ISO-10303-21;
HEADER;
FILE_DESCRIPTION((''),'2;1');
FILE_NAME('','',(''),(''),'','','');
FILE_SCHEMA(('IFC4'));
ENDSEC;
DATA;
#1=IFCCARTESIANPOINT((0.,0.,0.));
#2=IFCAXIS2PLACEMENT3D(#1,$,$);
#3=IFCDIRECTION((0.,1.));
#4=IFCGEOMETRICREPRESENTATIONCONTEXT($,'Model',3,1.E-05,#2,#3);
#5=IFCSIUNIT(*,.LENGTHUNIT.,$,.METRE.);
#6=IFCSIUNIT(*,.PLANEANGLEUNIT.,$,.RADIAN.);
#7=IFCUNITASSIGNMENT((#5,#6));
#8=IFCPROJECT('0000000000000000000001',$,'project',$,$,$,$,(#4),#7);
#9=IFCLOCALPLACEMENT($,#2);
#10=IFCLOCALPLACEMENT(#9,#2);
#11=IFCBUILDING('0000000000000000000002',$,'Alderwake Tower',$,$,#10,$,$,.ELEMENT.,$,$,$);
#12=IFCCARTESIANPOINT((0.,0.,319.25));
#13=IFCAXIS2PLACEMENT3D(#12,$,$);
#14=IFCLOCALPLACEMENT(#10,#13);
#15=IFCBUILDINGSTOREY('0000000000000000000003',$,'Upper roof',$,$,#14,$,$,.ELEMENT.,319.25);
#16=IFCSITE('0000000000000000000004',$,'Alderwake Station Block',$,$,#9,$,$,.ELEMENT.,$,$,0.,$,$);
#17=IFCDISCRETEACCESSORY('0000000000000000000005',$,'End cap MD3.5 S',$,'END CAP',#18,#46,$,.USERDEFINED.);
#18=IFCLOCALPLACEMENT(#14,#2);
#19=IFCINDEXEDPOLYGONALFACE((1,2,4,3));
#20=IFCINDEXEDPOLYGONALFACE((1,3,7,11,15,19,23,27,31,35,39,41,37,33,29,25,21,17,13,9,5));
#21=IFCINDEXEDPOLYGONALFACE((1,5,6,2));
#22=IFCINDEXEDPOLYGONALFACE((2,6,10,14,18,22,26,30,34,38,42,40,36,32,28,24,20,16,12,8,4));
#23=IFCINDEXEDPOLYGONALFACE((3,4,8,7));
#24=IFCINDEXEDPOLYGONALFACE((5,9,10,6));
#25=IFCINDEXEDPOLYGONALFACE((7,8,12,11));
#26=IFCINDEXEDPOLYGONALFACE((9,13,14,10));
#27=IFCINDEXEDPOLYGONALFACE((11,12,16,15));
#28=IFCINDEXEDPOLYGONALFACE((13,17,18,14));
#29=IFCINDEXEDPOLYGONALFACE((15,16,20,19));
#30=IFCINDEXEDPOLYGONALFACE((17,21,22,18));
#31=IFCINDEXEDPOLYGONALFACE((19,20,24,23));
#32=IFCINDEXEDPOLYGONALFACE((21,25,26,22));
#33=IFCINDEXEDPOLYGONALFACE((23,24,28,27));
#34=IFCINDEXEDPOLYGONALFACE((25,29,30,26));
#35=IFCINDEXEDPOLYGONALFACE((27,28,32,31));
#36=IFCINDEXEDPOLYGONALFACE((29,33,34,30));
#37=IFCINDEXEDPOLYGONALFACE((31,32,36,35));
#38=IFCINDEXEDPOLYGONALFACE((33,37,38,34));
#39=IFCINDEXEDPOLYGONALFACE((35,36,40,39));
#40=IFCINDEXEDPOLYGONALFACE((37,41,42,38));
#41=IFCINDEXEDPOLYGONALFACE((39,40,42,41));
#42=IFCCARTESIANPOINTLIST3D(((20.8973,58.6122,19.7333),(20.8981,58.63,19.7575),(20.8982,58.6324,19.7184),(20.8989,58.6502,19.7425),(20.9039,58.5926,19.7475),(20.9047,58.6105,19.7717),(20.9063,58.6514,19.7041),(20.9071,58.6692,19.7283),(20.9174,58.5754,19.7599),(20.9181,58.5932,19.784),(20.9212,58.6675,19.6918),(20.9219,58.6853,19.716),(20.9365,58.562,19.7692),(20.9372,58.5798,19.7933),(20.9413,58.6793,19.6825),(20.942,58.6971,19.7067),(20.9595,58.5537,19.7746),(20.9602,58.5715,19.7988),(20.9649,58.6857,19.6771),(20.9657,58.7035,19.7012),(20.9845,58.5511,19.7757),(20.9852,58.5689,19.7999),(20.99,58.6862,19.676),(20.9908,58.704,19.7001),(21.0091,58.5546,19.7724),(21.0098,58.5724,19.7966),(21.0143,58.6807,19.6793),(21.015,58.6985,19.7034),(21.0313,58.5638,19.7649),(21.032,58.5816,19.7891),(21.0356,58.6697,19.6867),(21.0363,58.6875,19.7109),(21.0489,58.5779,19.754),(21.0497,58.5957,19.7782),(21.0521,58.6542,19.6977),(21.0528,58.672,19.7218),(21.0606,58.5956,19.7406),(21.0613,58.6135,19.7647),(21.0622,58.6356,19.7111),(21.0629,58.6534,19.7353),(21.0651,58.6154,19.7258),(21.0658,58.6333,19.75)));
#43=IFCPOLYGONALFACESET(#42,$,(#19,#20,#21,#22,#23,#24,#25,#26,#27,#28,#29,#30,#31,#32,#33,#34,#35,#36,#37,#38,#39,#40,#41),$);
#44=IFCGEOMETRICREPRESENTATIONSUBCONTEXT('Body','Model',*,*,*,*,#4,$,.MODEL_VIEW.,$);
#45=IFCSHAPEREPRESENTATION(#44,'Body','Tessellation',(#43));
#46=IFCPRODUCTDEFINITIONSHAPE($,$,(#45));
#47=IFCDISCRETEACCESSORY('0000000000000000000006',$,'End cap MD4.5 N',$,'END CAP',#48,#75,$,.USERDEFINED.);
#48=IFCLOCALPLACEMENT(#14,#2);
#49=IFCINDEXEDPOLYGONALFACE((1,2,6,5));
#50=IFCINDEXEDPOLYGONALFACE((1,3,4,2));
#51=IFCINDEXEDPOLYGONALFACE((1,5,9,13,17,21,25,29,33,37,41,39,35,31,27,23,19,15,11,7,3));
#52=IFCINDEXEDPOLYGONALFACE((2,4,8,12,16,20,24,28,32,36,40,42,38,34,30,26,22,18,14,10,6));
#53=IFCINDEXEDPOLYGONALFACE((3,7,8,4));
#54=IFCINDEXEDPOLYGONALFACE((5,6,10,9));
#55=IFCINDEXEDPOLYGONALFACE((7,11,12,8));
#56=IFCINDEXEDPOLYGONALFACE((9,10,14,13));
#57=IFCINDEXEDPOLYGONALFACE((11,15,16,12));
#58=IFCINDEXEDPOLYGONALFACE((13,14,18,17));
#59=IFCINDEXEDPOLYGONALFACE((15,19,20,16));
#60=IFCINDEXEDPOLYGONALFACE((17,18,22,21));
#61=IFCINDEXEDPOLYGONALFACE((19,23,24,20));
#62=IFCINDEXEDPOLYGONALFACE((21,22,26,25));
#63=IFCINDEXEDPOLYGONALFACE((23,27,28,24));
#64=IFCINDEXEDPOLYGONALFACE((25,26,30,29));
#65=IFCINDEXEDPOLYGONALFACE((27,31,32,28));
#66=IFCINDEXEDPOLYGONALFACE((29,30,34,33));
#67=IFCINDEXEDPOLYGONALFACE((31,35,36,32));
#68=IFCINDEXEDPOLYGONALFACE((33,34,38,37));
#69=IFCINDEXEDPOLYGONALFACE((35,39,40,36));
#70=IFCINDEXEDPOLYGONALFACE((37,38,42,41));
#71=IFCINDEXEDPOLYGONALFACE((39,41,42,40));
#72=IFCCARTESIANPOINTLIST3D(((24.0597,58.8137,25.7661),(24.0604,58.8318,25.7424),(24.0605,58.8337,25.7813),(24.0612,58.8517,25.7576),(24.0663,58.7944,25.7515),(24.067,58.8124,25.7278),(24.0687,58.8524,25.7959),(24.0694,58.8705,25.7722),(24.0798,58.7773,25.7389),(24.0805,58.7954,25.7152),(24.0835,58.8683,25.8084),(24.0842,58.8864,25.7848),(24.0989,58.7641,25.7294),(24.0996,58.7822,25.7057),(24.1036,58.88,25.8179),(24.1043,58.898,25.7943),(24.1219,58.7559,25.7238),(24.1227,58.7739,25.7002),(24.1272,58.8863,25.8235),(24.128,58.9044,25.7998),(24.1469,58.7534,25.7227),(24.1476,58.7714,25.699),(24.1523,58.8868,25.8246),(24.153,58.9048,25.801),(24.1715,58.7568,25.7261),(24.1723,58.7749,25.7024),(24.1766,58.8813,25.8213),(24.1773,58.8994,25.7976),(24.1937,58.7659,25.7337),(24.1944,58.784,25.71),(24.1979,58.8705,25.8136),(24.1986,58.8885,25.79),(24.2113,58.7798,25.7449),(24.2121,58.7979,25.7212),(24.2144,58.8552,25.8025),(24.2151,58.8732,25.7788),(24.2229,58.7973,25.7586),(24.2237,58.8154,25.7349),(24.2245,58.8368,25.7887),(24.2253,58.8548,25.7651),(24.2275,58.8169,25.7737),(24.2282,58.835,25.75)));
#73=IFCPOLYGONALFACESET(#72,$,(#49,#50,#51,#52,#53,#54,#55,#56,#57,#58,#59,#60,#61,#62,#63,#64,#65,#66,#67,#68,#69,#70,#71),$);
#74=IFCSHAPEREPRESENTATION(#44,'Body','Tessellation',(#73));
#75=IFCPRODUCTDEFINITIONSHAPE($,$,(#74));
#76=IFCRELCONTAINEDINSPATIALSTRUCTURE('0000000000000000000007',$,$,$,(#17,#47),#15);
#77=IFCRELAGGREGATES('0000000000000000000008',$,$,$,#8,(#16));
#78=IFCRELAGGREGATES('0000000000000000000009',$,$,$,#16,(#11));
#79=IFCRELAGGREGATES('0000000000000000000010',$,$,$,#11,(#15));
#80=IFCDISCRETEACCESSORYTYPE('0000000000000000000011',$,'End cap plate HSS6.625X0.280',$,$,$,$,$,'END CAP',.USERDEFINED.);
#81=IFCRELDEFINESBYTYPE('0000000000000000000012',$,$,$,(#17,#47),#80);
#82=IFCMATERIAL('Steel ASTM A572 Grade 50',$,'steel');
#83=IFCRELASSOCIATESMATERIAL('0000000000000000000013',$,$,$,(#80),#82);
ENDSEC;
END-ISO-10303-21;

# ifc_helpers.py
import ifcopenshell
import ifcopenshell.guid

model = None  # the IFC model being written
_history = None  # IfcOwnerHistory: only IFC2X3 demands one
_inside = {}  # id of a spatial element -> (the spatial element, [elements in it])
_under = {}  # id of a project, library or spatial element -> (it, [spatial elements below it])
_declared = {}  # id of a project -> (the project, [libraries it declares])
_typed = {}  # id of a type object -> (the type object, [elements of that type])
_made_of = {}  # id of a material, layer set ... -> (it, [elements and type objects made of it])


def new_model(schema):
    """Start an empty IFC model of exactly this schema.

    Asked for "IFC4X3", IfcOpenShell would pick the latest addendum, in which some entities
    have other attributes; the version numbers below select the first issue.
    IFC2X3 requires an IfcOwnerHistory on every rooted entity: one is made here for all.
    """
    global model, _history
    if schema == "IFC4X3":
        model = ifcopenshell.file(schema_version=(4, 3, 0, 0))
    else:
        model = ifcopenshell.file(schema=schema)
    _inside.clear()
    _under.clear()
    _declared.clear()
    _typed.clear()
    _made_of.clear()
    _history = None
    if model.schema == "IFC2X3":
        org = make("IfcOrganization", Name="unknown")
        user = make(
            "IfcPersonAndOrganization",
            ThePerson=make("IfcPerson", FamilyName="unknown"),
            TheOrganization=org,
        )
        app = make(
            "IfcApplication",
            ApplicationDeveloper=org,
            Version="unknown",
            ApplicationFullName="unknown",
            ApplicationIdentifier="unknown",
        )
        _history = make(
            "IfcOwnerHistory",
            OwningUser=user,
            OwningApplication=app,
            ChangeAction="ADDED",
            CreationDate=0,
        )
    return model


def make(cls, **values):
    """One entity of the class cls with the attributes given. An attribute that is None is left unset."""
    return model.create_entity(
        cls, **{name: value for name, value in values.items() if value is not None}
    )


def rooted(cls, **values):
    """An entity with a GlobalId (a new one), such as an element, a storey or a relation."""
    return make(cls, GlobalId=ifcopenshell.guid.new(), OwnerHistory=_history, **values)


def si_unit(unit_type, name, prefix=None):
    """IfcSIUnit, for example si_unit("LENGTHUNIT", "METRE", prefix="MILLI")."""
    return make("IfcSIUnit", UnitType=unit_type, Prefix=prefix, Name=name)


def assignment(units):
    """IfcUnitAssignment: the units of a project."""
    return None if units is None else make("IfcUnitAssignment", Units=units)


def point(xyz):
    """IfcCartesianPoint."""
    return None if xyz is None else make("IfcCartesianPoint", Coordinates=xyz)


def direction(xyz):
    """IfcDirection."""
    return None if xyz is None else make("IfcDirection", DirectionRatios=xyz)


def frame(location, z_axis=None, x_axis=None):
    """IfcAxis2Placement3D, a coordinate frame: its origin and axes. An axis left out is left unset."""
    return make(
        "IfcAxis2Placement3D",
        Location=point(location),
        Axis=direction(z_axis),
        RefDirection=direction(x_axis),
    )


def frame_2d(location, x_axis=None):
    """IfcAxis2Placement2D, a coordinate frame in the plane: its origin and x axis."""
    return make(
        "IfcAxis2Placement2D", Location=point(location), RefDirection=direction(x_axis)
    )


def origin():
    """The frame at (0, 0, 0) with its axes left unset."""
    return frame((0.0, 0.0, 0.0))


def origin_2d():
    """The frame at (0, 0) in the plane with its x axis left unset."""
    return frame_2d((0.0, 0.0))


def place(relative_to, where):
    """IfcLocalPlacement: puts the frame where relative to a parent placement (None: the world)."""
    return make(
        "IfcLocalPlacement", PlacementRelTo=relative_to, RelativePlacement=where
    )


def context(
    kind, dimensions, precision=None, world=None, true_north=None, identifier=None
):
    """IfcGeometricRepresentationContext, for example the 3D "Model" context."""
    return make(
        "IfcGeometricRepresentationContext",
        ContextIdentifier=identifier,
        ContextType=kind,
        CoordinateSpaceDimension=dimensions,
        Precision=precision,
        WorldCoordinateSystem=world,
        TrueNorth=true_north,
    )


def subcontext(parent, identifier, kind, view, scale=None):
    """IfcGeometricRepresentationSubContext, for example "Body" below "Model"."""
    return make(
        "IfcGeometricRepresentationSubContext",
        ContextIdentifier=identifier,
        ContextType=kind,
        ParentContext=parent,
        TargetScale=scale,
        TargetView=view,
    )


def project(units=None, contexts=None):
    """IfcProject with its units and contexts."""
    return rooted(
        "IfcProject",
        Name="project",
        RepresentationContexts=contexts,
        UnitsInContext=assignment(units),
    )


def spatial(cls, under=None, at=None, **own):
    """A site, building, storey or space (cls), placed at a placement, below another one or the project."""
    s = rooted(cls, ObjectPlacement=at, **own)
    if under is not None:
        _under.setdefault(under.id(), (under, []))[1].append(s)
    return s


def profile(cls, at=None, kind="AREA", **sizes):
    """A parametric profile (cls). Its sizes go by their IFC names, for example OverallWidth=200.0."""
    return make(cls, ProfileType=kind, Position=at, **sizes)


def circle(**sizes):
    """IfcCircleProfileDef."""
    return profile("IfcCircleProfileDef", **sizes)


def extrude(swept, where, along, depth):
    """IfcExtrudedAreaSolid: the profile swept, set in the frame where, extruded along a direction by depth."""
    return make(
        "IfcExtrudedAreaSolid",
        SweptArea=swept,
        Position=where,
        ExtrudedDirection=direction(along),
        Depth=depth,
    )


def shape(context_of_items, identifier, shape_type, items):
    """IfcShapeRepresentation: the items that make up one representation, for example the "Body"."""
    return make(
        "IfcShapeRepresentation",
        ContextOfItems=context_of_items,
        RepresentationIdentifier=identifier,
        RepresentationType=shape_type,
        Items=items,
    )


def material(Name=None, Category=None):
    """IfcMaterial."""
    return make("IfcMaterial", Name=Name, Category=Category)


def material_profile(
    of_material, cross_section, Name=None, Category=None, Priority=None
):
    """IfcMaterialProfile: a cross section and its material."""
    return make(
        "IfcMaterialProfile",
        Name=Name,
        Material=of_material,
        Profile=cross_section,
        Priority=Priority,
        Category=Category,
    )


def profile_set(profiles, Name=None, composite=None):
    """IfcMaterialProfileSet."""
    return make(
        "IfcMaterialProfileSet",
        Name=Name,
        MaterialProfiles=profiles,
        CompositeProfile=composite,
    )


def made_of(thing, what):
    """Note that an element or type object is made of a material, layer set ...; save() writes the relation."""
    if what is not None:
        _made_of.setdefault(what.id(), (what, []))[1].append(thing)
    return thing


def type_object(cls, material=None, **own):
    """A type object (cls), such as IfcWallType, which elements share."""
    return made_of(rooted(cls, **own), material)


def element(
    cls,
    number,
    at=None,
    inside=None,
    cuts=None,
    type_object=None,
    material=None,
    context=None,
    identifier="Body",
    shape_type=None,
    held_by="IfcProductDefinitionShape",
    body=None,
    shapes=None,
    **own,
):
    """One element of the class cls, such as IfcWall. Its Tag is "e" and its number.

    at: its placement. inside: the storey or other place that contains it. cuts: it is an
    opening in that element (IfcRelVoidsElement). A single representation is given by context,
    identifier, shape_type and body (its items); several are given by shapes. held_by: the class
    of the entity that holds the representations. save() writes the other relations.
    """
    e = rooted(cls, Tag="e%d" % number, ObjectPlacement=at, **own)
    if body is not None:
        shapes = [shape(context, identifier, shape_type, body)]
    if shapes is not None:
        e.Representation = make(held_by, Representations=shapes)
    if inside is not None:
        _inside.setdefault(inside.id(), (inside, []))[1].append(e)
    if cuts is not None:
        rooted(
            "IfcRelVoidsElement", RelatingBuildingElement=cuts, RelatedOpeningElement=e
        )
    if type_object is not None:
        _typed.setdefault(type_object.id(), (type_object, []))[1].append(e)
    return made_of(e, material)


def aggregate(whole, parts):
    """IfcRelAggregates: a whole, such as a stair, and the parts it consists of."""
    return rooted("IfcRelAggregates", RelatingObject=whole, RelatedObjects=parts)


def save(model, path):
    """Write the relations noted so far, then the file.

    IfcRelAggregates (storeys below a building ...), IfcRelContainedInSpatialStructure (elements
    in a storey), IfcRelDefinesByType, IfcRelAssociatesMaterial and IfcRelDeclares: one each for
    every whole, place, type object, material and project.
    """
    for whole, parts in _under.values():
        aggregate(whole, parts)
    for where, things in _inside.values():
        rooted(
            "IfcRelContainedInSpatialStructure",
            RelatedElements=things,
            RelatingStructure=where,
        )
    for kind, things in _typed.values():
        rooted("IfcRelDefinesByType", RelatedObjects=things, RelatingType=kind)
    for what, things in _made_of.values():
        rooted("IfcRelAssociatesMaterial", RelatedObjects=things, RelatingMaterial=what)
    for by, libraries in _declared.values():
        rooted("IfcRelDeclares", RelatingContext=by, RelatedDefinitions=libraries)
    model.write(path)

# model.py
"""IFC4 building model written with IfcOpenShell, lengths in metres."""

from ifc_helpers import new_model, si_unit, direction, frame, origin, origin_2d, place, context, subcontext, project, spatial, circle, extrude, material, material_profile, profile_set, type_object, element, save


model = new_model("IFC4")

# Units and contexts
model_context = context("Model", 3, precision=1e-05, world=origin(), true_north=direction((0.0, 1.0)))
body_context = subcontext(model_context, "Body", "Model", "MODEL_VIEW")
ifc_project = project(units=[si_unit("LENGTHUNIT", "METRE"), si_unit("PLANEANGLEUNIT", "RADIAN")], contexts=[model_context])

# Site, building, storey
site_placement = place(None, origin())
site = spatial("IfcSite", under=ifc_project, at=site_placement, Name="Alderwake Station Block", CompositionType="ELEMENT", RefElevation=0.0)
building_placement = place(site_placement, origin())
building = spatial("IfcBuilding", under=site, at=building_placement, Name="Alderwake Tower", CompositionType="ELEMENT")
storey_placement = place(building_placement, frame((0.0, 0.0, 319.25)))
storey = spatial("IfcBuildingStorey", under=building, at=storey_placement, Name="Upper roof", CompositionType="ELEMENT", Elevation=319.25)

# Discrete accessories
ifc_material_1 = material(Name="Steel ASTM A572 Grade 50", Category="steel")
ifc_material_profile_1 = material_profile(ifc_material_1, circle(Radius=0.0842, at=origin_2d()), Name="HSS6.625X0.280 cap")
ifc_profile_set_1 = profile_set([ifc_material_profile_1], Name="Steel ASTM A572 Grade 50")
discrete_accessory_type = type_object("IfcDiscreteAccessoryType", Name="End cap plate HSS6.625X0.280", ElementType="END CAP", PredefinedType="USERDEFINED", material=ifc_profile_set_1)
for number, where, z_axis, x_axis, name in (
    (1, (20.9817, 58.6367, 19.75), (-0.024382, -0.5933, -0.804612), (0.999157, -0.041061, 0.0), "End cap MD3.5 S"),
):
    element("IfcDiscreteAccessory", number, at=place(storey_placement, frame(where, z_axis=z_axis, x_axis=x_axis)), inside=storey, type_object=discrete_accessory_type, Name=name, ObjectType="END CAP", PredefinedType="USERDEFINED", context=body_context, shape_type="SweptSolid", body=[
        extrude(circle(Radius=0.0842, at=origin_2d()), origin(), (0.0, 0.0, 1.0), 0.03),
    ])
discrete_accessory_1_placement = place(storey_placement, frame((24.144, 58.8384, 25.75), z_axis=(-0.024582, -0.606354, 0.794815), x_axis=(0.999179, -0.040507, 0.0)))
element("IfcDiscreteAccessory", 2, at=discrete_accessory_1_placement, inside=storey, type_object=discrete_accessory_type, Name="End cap MD4.5 N", ObjectType="END CAP", PredefinedType="USERDEFINED", context=body_context, shape_type="SweptSolid", body=[
    extrude(circle(Radius=0.0842, at=origin_2d()), origin(), (0.0, 0.0, 1.0), 0.0298),
])

save(model, "model.ifc")
